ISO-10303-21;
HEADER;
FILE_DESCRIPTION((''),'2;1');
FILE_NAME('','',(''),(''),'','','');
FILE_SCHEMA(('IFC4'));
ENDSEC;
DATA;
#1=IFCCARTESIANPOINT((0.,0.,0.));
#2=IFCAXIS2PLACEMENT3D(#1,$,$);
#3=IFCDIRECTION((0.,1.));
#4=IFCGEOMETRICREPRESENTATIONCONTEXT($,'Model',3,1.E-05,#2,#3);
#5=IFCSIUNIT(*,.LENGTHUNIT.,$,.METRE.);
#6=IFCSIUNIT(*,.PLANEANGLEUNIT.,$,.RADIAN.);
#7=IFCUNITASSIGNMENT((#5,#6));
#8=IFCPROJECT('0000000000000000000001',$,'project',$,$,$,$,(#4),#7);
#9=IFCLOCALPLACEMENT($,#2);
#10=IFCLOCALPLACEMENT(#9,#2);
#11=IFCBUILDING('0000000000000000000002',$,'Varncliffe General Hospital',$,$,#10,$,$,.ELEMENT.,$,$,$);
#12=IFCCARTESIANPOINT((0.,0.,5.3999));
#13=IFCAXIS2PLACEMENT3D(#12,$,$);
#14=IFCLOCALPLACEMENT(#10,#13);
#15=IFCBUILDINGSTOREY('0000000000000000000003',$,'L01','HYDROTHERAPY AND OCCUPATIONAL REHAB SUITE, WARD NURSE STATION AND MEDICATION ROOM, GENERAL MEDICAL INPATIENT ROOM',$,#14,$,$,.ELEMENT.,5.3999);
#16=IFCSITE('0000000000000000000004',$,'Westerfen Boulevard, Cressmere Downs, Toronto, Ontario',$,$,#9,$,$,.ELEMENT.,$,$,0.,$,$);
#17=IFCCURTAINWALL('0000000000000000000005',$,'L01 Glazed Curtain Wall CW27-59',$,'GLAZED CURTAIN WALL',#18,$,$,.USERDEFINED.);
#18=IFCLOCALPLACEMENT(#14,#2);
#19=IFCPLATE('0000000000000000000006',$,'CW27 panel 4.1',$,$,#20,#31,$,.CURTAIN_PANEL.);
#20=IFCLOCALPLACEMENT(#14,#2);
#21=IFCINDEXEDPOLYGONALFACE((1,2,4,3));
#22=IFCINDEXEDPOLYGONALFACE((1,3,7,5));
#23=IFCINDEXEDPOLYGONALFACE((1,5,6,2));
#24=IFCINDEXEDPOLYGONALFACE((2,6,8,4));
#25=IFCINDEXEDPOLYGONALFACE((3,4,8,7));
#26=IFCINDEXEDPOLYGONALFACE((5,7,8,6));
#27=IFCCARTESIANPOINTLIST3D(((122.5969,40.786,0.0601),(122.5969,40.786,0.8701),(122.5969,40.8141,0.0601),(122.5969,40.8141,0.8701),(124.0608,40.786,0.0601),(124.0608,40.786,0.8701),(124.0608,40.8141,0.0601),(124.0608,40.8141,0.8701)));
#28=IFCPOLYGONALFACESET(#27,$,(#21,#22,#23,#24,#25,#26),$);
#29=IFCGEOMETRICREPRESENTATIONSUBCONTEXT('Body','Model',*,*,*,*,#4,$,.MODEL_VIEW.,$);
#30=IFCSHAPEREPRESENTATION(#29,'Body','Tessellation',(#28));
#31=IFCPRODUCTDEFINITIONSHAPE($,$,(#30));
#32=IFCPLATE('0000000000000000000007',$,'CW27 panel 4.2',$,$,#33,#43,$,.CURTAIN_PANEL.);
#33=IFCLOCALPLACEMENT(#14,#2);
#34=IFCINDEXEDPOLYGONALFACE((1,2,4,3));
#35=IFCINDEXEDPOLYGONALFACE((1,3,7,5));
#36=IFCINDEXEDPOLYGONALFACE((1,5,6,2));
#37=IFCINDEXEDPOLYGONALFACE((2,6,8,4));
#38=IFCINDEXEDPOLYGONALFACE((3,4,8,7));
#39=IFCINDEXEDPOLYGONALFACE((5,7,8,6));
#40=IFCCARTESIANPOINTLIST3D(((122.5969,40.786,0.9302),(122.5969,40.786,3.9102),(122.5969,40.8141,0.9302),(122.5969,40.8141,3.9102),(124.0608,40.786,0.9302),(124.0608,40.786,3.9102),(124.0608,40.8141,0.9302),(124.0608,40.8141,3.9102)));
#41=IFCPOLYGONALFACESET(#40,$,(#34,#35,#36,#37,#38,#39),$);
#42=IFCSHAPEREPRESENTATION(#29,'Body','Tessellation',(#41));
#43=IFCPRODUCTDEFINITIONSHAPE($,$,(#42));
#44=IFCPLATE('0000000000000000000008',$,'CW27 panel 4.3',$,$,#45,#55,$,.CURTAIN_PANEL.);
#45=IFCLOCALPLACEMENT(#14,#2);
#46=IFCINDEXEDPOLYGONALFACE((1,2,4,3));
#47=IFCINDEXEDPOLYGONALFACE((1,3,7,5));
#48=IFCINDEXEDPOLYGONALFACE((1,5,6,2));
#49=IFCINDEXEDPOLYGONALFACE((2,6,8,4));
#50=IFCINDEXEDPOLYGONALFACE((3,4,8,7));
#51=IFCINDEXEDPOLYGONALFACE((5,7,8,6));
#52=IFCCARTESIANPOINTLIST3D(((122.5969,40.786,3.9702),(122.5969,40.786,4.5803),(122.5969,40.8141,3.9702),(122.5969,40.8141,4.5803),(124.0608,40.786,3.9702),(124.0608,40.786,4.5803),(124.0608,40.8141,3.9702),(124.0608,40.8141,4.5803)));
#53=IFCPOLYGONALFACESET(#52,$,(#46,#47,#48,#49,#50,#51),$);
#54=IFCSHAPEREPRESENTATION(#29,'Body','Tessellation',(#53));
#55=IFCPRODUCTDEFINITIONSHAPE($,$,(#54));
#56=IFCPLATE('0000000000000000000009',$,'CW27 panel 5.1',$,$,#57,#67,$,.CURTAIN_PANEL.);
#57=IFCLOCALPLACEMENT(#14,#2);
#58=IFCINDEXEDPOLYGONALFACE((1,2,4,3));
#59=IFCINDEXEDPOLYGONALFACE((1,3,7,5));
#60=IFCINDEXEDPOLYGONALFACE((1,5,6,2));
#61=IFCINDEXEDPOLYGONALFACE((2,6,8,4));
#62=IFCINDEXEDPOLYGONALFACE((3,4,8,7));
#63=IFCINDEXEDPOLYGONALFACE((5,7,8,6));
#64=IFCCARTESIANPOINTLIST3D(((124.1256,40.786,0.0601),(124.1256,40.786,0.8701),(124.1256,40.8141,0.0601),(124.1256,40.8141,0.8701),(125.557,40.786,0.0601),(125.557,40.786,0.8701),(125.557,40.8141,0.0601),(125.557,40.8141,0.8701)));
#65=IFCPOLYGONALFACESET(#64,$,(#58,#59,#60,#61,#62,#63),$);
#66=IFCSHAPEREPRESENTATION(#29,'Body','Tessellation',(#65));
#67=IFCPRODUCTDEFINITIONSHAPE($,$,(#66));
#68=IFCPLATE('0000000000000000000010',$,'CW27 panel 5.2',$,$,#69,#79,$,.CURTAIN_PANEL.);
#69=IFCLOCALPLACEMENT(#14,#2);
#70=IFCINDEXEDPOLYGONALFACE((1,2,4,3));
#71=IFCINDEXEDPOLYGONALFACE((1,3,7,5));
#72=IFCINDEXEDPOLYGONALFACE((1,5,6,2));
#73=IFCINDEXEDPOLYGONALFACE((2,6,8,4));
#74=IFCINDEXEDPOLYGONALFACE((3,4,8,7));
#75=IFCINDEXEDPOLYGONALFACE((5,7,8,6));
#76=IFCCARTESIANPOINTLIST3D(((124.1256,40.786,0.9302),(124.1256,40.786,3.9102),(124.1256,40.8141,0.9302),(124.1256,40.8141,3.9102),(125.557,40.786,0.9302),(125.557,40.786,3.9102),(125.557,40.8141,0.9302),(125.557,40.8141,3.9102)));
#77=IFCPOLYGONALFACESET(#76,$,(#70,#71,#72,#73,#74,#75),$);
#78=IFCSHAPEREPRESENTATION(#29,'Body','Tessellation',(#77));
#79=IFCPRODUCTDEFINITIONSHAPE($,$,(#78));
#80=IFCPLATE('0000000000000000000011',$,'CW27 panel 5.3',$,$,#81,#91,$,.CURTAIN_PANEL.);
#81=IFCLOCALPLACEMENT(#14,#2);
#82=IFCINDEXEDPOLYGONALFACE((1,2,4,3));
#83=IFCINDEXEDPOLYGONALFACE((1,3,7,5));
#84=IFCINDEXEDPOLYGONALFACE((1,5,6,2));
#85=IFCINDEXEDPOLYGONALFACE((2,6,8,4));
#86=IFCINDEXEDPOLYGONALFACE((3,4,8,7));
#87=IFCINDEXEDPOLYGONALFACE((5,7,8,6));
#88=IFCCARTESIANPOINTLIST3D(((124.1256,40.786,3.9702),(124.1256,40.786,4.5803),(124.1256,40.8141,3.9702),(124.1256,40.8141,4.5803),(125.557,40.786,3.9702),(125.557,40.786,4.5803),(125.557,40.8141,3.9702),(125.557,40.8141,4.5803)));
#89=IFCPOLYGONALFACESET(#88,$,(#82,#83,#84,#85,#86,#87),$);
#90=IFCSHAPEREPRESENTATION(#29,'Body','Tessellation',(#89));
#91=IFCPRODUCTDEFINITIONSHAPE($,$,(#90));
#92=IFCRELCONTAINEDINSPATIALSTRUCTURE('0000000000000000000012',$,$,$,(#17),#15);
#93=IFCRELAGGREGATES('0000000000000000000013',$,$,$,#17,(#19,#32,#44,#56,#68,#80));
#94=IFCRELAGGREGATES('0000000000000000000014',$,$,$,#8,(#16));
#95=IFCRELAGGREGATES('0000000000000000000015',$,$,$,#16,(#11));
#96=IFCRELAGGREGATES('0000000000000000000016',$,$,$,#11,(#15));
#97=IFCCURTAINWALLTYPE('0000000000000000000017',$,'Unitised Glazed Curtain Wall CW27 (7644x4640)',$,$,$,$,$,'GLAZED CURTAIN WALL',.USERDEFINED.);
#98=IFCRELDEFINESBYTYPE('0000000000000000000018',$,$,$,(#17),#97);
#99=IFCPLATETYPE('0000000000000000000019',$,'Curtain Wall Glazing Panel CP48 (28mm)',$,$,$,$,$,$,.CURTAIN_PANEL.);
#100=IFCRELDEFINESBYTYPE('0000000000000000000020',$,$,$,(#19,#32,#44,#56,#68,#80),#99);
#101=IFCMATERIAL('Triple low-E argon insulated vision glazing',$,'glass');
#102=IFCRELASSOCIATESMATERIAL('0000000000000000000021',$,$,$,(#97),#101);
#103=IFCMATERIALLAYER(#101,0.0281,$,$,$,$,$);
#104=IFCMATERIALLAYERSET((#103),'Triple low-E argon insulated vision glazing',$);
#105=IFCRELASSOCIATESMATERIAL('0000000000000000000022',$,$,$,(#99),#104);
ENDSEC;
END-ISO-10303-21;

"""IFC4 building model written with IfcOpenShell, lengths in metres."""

from ifc_helpers import new_model, si_unit, direction, frame, origin, origin_2d, place, context, subcontext, project, spatial, rectangle, extrude, material, layer, layer_set, type_object, element, aggregate, save


model = new_model("IFC4")

# Units and contexts
model_context = context("Model", 3, precision=1e-05, world=origin(), true_north=direction((0.0, 1.0)))
body_context = subcontext(model_context, "Body", "Model", "MODEL_VIEW")
ifc_project = project(units=[si_unit("LENGTHUNIT", "METRE"), si_unit("PLANEANGLEUNIT", "RADIAN")], contexts=[model_context])

# Site, building, storey
site_placement = place(None, origin())
site = spatial("IfcSite", under=ifc_project, at=site_placement, Name="Westerfen Boulevard, Cressmere Downs, Toronto, Ontario", CompositionType="ELEMENT", RefElevation=0.0)
building_placement = place(site_placement, origin())
building = spatial("IfcBuilding", under=site, at=building_placement, Name="Varncliffe General Hospital", CompositionType="ELEMENT")
storey_placement = place(building_placement, frame((0.0, 0.0, 5.3999)))
storey = spatial("IfcBuildingStorey", under=building, at=storey_placement, Name="L01", Description="HYDROTHERAPY AND OCCUPATIONAL REHAB SUITE, WARD NURSE STATION AND MEDICATION ROOM, GENERAL MEDICAL INPATIENT ROOM", CompositionType="ELEMENT", Elevation=5.3999)

# Curtain wall
ifc_material_1 = material(Name="Triple low-E argon insulated vision glazing", Category="glass")
curtain_wall_type = type_object("IfcCurtainWallType", Name="Unitised Glazed Curtain Wall CW27 (7644x4640)", ElementType="GLAZED CURTAIN WALL", PredefinedType="USERDEFINED", material=ifc_material_1)
curtain_wall_placement = place(storey_placement, origin())
curtain_wall = element("IfcCurtainWall", 1, at=curtain_wall_placement, inside=storey, type_object=curtain_wall_type, Name="L01 Glazed Curtain Wall CW27-59", ObjectType="GLAZED CURTAIN WALL", PredefinedType="USERDEFINED")

# Plates
ifc_layer = layer(ifc_material_1, 0.0281)
ifc_layer_set = layer_set([ifc_layer], Name="Triple low-E argon insulated vision glazing")
plate_type = type_object("IfcPlateType", Name="Curtain Wall Glazing Panel CP48 (28mm)", PredefinedType="CURTAIN_PANEL", material=ifc_layer_set)
plate_1_placement = place(storey_placement, frame((123.3289, 40.8, 0.0601), z_axis=(0.0, 0.0, 1.0), x_axis=(1.0, 0.0, 0.0)))
plate_1 = element("IfcPlate", 2, at=plate_1_placement, type_object=plate_type, Name="CW27 panel 4.1", PredefinedType="CURTAIN_PANEL", context=body_context, shape_type="SweptSolid", body=[
    extrude(rectangle(XDim=1.4639, YDim=0.0281, at=origin_2d()), origin(), (0.0, 0.0, 1.0), 0.8101),
])
plate_2_placement = place(storey_placement, frame((123.3289, 40.8, 0.9302), z_axis=(0.0, 0.0, 1.0), x_axis=(1.0, 0.0, 0.0)))
plate_2 = element("IfcPlate", 3, at=plate_2_placement, type_object=plate_type, Name="CW27 panel 4.2", PredefinedType="CURTAIN_PANEL", context=body_context, shape_type="SweptSolid", body=[
    extrude(rectangle(XDim=1.4639, YDim=0.0281, at=origin_2d()), origin(), (0.0, 0.0, 1.0), 2.98),
])
plate_3_placement = place(storey_placement, frame((123.3289, 40.8, 3.9702), z_axis=(0.0, 0.0, 1.0), x_axis=(1.0, 0.0, 0.0)))
plate_3 = element("IfcPlate", 4, at=plate_3_placement, type_object=plate_type, Name="CW27 panel 4.3", PredefinedType="CURTAIN_PANEL", context=body_context, shape_type="SweptSolid", body=[
    extrude(rectangle(XDim=1.4639, YDim=0.0281, at=origin_2d()), origin(), (0.0, 0.0, 1.0), 0.6101),
])
plate_4_placement = place(storey_placement, frame((124.8413, 40.8, 0.0601), z_axis=(0.0, 0.0, 1.0), x_axis=(1.0, 0.0, 0.0)))
plate_4 = element("IfcPlate", 5, at=plate_4_placement, type_object=plate_type, Name="CW27 panel 5.1", PredefinedType="CURTAIN_PANEL", context=body_context, shape_type="SweptSolid", body=[
    extrude(rectangle(XDim=1.4314, YDim=0.0281, at=origin_2d()), origin(), (0.0, 0.0, 1.0), 0.8101),
])
plate_5_placement = place(storey_placement, frame((124.8413, 40.8, 0.9302), z_axis=(0.0, 0.0, 1.0), x_axis=(1.0, 0.0, 0.0)))
plate_5 = element("IfcPlate", 6, at=plate_5_placement, type_object=plate_type, Name="CW27 panel 5.2", PredefinedType="CURTAIN_PANEL", context=body_context, shape_type="SweptSolid", body=[
    extrude(rectangle(XDim=1.4314, YDim=0.0281, at=origin_2d()), origin(), (0.0, 0.0, 1.0), 2.98),
])
plate_6_placement = place(storey_placement, frame((124.8413, 40.8, 3.9702), z_axis=(0.0, 0.0, 1.0), x_axis=(1.0, 0.0, 0.0)))
plate_6 = element("IfcPlate", 7, at=plate_6_placement, type_object=plate_type, Name="CW27 panel 5.3", PredefinedType="CURTAIN_PANEL", context=body_context, shape_type="SweptSolid", body=[
    extrude(rectangle(XDim=1.4314, YDim=0.0281, at=origin_2d()), origin(), (0.0, 0.0, 1.0), 0.6101),
])
aggregate(curtain_wall, [plate_1, plate_2, plate_3, plate_4, plate_5, plate_6])

save(model, "model.ifc")
